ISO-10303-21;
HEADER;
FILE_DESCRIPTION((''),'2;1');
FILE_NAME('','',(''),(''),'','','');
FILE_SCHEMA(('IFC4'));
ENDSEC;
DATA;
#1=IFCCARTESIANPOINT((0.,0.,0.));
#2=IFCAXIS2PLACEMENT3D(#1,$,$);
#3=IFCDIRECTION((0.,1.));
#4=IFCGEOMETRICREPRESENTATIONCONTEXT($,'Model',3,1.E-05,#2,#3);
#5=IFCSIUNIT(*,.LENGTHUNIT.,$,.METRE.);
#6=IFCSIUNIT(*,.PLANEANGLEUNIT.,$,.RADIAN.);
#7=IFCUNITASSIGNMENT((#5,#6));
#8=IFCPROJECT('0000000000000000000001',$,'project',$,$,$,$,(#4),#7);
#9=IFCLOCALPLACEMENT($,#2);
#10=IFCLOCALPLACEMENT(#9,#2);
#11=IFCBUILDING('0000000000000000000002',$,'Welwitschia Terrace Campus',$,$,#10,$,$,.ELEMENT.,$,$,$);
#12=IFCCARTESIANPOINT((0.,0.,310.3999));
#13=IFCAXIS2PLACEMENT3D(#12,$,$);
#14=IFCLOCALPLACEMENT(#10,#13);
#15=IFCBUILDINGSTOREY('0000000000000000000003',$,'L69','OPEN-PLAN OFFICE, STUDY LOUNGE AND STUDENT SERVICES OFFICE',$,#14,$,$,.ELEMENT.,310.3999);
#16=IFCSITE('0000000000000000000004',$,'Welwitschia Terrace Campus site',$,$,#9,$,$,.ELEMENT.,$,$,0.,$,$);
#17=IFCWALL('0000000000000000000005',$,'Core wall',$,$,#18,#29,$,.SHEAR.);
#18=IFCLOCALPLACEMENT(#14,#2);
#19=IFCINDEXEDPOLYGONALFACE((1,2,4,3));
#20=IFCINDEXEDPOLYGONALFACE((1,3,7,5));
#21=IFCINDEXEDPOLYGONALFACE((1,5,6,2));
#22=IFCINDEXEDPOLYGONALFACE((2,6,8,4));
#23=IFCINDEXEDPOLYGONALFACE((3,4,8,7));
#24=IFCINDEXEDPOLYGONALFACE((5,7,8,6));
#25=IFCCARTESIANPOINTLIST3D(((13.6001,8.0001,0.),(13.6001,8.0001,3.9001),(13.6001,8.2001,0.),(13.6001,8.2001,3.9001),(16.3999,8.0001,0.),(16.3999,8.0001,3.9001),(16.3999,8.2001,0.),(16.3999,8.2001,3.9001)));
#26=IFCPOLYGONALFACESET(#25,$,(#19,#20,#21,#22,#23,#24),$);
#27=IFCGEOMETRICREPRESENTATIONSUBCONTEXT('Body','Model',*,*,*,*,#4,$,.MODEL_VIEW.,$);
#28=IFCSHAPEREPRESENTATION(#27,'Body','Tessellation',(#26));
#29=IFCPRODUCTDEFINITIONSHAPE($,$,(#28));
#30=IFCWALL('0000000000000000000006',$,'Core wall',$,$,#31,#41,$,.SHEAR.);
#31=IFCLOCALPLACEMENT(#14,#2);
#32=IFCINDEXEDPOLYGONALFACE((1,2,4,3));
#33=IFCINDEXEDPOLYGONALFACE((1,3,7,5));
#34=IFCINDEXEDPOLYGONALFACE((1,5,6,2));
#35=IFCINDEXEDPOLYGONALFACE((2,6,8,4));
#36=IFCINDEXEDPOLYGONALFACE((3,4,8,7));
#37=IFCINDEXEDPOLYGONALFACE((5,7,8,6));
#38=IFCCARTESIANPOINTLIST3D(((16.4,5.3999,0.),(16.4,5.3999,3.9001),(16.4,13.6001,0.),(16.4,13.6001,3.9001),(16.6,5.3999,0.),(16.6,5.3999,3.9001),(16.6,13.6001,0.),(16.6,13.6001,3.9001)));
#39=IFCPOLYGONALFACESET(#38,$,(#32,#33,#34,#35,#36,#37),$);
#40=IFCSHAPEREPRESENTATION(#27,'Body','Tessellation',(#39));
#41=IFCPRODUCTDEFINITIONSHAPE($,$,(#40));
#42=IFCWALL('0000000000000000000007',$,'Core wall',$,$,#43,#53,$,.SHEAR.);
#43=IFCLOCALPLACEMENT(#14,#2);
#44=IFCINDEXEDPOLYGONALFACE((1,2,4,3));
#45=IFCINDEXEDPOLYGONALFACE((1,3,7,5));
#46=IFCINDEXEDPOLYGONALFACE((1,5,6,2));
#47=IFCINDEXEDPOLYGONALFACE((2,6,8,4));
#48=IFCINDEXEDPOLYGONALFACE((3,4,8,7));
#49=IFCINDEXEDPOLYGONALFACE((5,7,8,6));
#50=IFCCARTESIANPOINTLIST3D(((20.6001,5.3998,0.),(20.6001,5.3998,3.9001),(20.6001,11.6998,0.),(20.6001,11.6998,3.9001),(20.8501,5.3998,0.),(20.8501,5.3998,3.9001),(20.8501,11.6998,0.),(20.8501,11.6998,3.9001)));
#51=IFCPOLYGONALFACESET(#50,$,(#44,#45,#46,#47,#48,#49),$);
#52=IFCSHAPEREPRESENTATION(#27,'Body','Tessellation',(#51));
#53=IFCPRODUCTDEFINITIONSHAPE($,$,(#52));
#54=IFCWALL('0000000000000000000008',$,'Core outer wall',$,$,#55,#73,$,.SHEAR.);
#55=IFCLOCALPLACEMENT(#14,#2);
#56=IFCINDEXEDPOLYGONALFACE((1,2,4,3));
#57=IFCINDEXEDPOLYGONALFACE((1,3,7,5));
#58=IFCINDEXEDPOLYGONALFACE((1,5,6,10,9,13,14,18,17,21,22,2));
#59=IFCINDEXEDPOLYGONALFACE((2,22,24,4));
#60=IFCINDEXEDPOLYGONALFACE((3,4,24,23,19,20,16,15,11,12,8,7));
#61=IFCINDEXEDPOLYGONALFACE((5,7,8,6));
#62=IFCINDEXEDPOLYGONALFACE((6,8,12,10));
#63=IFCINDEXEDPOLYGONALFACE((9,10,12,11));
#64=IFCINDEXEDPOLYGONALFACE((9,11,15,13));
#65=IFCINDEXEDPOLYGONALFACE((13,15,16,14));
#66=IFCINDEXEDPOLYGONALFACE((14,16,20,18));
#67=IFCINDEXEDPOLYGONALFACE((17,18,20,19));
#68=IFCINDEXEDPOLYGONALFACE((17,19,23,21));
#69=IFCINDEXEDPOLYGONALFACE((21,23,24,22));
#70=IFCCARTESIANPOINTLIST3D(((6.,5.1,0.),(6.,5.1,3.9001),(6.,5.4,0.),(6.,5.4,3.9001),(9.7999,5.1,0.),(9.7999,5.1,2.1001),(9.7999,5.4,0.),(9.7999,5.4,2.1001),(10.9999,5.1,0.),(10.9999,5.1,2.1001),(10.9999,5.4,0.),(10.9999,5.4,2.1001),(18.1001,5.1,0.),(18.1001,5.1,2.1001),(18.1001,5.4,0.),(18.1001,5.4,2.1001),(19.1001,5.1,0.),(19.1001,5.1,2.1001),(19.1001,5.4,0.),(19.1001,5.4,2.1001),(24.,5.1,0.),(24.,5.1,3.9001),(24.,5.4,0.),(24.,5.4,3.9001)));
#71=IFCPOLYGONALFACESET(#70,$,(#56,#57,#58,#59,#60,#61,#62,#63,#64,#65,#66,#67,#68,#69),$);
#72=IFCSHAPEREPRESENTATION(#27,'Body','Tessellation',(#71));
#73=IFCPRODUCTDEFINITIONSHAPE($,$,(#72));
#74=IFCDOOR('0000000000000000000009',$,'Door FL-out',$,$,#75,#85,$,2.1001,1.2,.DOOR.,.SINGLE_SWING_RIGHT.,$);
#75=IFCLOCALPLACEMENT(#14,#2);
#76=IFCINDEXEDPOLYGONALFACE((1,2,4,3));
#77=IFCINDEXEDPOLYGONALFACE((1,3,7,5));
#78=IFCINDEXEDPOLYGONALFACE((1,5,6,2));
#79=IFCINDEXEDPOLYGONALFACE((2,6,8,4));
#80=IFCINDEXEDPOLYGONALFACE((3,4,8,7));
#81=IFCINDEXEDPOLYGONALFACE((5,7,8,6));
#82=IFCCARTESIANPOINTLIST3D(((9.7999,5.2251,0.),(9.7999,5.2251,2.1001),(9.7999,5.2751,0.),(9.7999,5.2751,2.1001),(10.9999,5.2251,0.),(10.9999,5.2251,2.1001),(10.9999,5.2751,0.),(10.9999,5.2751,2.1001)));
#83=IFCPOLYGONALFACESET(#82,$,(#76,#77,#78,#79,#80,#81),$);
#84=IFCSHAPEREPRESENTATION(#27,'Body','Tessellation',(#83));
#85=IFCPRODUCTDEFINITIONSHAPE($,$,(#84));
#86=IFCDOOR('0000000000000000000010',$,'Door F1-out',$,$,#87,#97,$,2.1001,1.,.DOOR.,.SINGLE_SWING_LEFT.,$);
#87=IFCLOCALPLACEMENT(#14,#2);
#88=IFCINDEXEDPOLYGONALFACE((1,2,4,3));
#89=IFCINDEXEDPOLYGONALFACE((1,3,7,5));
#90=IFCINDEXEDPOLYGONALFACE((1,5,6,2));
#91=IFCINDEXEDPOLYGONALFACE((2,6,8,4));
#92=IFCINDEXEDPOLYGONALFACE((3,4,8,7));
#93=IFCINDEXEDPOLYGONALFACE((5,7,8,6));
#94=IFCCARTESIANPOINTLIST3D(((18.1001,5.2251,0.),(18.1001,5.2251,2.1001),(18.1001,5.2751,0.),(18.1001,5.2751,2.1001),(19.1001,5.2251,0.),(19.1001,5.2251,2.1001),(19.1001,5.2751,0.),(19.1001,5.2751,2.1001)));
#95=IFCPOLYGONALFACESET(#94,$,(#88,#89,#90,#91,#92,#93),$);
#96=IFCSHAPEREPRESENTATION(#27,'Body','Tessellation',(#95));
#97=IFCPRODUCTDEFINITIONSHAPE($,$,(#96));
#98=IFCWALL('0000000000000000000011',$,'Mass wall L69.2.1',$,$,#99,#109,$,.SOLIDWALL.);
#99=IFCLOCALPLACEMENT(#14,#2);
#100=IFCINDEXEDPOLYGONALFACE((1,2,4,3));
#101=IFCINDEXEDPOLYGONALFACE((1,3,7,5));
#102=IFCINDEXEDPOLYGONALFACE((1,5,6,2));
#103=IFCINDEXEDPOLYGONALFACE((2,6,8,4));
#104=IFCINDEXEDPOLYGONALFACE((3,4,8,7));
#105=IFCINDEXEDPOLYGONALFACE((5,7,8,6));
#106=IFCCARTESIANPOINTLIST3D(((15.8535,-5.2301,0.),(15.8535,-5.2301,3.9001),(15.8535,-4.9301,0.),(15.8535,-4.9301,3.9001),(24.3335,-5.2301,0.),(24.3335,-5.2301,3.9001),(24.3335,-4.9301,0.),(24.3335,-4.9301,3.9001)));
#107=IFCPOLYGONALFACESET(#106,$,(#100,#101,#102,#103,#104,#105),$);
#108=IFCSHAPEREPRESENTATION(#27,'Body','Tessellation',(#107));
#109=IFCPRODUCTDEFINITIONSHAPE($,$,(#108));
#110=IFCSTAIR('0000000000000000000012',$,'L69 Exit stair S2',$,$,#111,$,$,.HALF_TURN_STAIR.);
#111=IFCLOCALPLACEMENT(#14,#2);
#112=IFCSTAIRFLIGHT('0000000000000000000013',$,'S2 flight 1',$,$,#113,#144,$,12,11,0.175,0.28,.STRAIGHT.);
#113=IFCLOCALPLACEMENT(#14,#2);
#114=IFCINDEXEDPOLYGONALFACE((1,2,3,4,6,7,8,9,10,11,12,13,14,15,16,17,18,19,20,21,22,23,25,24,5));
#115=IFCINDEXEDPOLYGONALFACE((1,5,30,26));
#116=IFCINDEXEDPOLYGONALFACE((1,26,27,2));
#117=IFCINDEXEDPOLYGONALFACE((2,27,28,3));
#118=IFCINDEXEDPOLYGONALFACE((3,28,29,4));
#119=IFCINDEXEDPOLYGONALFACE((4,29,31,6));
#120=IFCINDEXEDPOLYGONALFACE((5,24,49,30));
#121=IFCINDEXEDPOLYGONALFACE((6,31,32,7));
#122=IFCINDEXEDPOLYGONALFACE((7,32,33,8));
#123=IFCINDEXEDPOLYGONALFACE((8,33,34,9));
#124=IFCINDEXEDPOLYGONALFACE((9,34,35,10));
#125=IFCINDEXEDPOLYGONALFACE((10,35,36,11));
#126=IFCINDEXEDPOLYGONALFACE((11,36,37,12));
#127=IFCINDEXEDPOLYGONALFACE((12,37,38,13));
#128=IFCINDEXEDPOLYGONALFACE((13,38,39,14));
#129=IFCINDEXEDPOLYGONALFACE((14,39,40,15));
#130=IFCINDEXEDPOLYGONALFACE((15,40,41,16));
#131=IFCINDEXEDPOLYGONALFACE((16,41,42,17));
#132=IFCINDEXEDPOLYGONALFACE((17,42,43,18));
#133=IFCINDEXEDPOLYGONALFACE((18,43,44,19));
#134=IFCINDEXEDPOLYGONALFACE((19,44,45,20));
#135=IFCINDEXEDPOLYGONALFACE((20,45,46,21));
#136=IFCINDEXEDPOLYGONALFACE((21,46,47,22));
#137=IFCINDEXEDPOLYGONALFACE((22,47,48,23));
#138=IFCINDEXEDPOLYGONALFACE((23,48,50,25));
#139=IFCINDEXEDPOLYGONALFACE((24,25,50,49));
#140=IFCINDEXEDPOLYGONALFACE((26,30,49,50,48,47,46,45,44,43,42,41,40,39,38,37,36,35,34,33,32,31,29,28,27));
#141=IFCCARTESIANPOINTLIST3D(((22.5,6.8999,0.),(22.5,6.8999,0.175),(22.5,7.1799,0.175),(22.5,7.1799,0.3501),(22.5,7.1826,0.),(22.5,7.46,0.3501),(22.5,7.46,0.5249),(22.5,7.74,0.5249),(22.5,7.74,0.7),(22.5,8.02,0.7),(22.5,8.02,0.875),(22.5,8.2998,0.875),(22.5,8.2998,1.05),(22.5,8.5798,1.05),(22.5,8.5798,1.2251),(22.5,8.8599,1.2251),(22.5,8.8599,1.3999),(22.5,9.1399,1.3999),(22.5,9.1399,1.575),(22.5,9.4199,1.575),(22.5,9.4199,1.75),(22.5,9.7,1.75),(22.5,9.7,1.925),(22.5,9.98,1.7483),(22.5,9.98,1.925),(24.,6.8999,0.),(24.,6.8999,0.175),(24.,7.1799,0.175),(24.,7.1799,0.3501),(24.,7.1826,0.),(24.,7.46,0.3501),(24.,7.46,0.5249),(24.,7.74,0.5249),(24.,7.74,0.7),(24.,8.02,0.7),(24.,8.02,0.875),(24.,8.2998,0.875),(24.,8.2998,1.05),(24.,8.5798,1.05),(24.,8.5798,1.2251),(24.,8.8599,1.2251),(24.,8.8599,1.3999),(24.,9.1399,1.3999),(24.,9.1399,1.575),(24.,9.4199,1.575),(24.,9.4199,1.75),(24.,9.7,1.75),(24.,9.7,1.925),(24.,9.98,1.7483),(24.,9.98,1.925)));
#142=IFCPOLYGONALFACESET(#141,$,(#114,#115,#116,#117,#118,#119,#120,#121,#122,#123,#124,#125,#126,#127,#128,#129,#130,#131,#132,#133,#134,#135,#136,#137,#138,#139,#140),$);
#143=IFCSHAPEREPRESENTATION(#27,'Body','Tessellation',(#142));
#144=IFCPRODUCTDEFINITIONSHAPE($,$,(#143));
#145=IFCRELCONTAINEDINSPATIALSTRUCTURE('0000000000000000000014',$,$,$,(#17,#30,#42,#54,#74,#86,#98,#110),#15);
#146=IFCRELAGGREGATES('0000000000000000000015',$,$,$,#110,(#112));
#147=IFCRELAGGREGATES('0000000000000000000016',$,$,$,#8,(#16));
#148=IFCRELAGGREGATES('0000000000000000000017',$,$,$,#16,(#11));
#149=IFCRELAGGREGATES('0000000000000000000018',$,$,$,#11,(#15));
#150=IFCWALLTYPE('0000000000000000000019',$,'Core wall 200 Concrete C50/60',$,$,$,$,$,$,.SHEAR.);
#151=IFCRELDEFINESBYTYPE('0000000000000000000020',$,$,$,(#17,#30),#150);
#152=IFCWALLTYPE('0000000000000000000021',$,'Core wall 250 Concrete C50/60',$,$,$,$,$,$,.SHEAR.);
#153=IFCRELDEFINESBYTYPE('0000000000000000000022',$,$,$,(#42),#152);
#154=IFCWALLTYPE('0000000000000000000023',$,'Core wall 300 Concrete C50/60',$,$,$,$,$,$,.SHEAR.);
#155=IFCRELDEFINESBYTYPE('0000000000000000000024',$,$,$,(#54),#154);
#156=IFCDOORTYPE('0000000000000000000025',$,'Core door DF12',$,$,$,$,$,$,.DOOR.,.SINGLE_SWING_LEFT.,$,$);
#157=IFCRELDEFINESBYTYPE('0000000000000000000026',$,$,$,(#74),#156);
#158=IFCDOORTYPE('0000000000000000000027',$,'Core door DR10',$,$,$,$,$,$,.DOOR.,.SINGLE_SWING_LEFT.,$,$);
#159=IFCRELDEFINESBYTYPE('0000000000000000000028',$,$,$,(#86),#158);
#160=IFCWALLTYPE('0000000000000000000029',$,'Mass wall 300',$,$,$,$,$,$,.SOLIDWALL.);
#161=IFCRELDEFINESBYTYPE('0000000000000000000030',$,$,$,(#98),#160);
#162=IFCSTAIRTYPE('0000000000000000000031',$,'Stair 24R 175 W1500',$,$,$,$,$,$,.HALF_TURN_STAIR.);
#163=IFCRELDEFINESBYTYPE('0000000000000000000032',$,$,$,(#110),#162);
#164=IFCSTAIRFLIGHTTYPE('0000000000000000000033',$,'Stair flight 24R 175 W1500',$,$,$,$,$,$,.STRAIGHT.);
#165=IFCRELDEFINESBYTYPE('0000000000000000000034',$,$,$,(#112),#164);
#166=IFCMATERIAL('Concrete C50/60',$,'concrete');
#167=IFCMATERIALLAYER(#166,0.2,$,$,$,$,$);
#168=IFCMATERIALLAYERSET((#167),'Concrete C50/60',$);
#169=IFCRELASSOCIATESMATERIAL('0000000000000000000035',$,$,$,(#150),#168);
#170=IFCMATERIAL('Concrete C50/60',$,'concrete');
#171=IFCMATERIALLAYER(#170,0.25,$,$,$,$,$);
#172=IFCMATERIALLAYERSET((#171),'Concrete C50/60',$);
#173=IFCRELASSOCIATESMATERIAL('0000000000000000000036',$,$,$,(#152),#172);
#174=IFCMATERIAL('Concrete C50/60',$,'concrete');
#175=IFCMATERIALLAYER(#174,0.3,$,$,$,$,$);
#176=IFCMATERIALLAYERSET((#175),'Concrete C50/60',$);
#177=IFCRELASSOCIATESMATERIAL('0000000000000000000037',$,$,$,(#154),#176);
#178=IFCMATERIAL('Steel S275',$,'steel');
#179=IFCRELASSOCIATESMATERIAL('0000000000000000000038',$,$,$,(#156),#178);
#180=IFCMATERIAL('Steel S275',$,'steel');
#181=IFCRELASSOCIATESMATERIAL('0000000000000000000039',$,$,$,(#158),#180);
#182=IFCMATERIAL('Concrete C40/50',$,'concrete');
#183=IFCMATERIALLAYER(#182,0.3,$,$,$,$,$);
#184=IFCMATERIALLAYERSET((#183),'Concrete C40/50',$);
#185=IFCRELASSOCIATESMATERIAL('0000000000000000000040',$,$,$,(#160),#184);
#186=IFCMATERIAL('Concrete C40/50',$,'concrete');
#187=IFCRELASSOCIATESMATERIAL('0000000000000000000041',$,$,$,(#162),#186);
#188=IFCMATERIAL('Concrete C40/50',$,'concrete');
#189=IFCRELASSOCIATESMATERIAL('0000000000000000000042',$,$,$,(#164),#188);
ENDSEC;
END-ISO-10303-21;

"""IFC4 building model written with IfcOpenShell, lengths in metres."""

from ifc_helpers import new_model, si_unit, direction, frame, frame_2d, origin, place, context, subcontext, project, spatial, polyline, rectangle, outline, extrude, material, layer, layer_set, type_object, element, fill, aggregate, save


model = new_model("IFC4")

# Units and contexts
model_context = context("Model", 3, precision=1e-05, world=origin(), true_north=direction((0.0, 1.0)))
body_context = subcontext(model_context, "Body", "Model", "MODEL_VIEW")
ifc_project = project(units=[si_unit("LENGTHUNIT", "METRE"), si_unit("PLANEANGLEUNIT", "RADIAN")], contexts=[model_context])

# Site, building, storey
site_placement = place(None, origin())
site = spatial("IfcSite", under=ifc_project, at=site_placement, Name="Welwitschia Terrace Campus site", CompositionType="ELEMENT", RefElevation=0.0)
building_placement = place(site_placement, origin())
building = spatial("IfcBuilding", under=site, at=building_placement, Name="Welwitschia Terrace Campus", CompositionType="ELEMENT")
storey_placement = place(building_placement, frame((0.0, 0.0, 310.3999)))
storey = spatial("IfcBuildingStorey", under=building, at=storey_placement, Name="L69", Description="OPEN-PLAN OFFICE, STUDY LOUNGE AND STUDENT SERVICES OFFICE", CompositionType="ELEMENT", Elevation=310.3999)

# Walls
ifc_material_1 = material(Name="Concrete C50/60", Category="concrete")
ifc_layer_1 = layer(ifc_material_1, 0.2)
ifc_layer_set_1 = layer_set([ifc_layer_1], Name="Concrete C50/60")
wall_type_1 = type_object("IfcWallType", Name="Core wall 200 Concrete C50/60", PredefinedType="SHEAR", material=ifc_layer_set_1)
wall_1_placement = place(storey_placement, frame((13.6001, 8.1001, 0.0), z_axis=(0.0, 0.0, 1.0), x_axis=(1.0, 0.0, 0.0)))
element("IfcWall", 1, at=wall_1_placement, inside=storey, type_object=wall_type_1, Name="Core wall", PredefinedType="SHEAR", context=body_context, shape_type="SweptSolid", body=[
    extrude(rectangle(XDim=2.7998, YDim=0.2, at=frame_2d((1.3999, 0.0))), origin(), (0.0, 0.0, 1.0), 3.9001),
])
wall_2_placement = place(storey_placement, frame((16.5, 5.3999, 0.0), z_axis=(0.0, 0.0, 1.0), x_axis=(0.0, 1.0, 0.0)))
element("IfcWall", 2, at=wall_2_placement, inside=storey, type_object=wall_type_1, Name="Core wall", PredefinedType="SHEAR", context=body_context, shape_type="SweptSolid", body=[
    extrude(rectangle(XDim=8.2002, YDim=0.2, at=frame_2d((4.1001, 0.0))), origin(), (0.0, 0.0, 1.0), 3.9001),
])
ifc_material_2 = material(Name="Concrete C50/60", Category="concrete")
ifc_layer_2 = layer(ifc_material_2, 0.25)
ifc_layer_set_2 = layer_set([ifc_layer_2], Name="Concrete C50/60")
wall_type_2 = type_object("IfcWallType", Name="Core wall 250 Concrete C50/60", PredefinedType="SHEAR", material=ifc_layer_set_2)
wall_3_placement = place(storey_placement, frame((20.7251, 5.3999, 0.0), z_axis=(0.0, 0.0, 1.0), x_axis=(0.0, 1.0, 0.0)))
element("IfcWall", 3, at=wall_3_placement, inside=storey, type_object=wall_type_2, Name="Core wall", PredefinedType="SHEAR", context=body_context, shape_type="SweptSolid", body=[
    extrude(rectangle(XDim=6.3, YDim=0.25, at=frame_2d((3.1499, 0.0))), origin(), (0.0, 0.0, 1.0), 3.9001),
])

# Wall, openings, doors
ifc_material_3 = material(Name="Concrete C50/60", Category="concrete")
ifc_layer_3 = layer(ifc_material_3, 0.3)
ifc_layer_set_3 = layer_set([ifc_layer_3], Name="Concrete C50/60")
wall_type_3 = type_object("IfcWallType", Name="Core wall 300 Concrete C50/60", PredefinedType="SHEAR", material=ifc_layer_set_3)
wall_4_placement = place(storey_placement, frame((24.0, 5.25, 0.0), z_axis=(0.0, 0.0, 1.0), x_axis=(-1.0, 0.0, 0.0)))
wall_4 = element("IfcWall", 4, at=wall_4_placement, inside=storey, type_object=wall_type_3, Name="Core outer wall", PredefinedType="SHEAR", context=body_context, shape_type="SweptSolid", body=[
    extrude(rectangle(XDim=18.0, YDim=0.3, at=frame_2d((9.0, 0.0))), origin(), (0.0, 0.0, 1.0), 3.9001),
])
opening_1_placement = place(wall_4_placement, frame((13.0, 0.0, 0.0)))
opening_1 = element("IfcOpeningElement", 5, at=opening_1_placement, cuts=wall_4, PredefinedType="OPENING", context=body_context, shape_type="SweptSolid", body=[
    extrude(rectangle(XDim=1.2, YDim=2.1001, at=frame_2d((0.6001, 1.05))), frame((0.0, 0.1599, 0.0), z_axis=(0.0, -1.0, 0.0), x_axis=(1.0, 0.0, 0.0)), (0.0, 0.0, 1.0), 0.3201),
])
opening_2_placement = place(wall_4_placement, frame((4.8999, 0.0, 0.0)))
opening_2 = element("IfcOpeningElement", 6, at=opening_2_placement, cuts=wall_4, PredefinedType="OPENING", context=body_context, shape_type="SweptSolid", body=[
    extrude(rectangle(XDim=1.0, YDim=2.1001, at=frame_2d((0.5, 1.05))), frame((0.0, 0.1599, 0.0), z_axis=(0.0, -1.0, 0.0), x_axis=(1.0, 0.0, 0.0)), (0.0, 0.0, 1.0), 0.3201),
])
ifc_material_4 = material(Name="Steel S275", Category="steel")
door_type_1 = type_object("IfcDoorType", Name="Core door DF12", OperationType="SINGLE_SWING_LEFT", PredefinedType="DOOR", material=ifc_material_4)
door_1_placement = place(opening_1_placement, origin())
door_1 = element("IfcDoor", 7, at=door_1_placement, inside=storey, type_object=door_type_1, Name="Door FL-out", OperationType="SINGLE_SWING_RIGHT", OverallHeight=2.1001, OverallWidth=1.2, PredefinedType="DOOR", context=body_context, shape_type="SweptSolid", body=[
    extrude(rectangle(XDim=1.2, YDim=2.1001, at=frame_2d((0.6001, 1.05))), frame((0.0, 0.0249, 0.0), z_axis=(0.0, -1.0, 0.0), x_axis=(1.0, 0.0, 0.0)), (0.0, 0.0, 1.0), 0.05),
])
fill(opening_1, door_1)
ifc_material_5 = material(Name="Steel S275", Category="steel")
door_type_2 = type_object("IfcDoorType", Name="Core door DR10", OperationType="SINGLE_SWING_LEFT", PredefinedType="DOOR", material=ifc_material_5)
door_2_placement = place(opening_2_placement, origin())
door_2 = element("IfcDoor", 8, at=door_2_placement, inside=storey, type_object=door_type_2, Name="Door F1-out", OperationType="SINGLE_SWING_LEFT", OverallHeight=2.1001, OverallWidth=1.0, PredefinedType="DOOR", context=body_context, shape_type="SweptSolid", body=[
    extrude(rectangle(XDim=1.0, YDim=2.1001, at=frame_2d((0.5, 1.05))), frame((0.0, 0.0249, 0.0), z_axis=(0.0, -1.0, 0.0), x_axis=(1.0, 0.0, 0.0)), (0.0, 0.0, 1.0), 0.05),
])
fill(opening_2, door_2)

# Wall
ifc_material_6 = material(Name="Concrete C40/50", Category="concrete")
ifc_layer_4 = layer(ifc_material_6, 0.3)
ifc_layer_set_4 = layer_set([ifc_layer_4], Name="Concrete C40/50")
wall_type_4 = type_object("IfcWallType", Name="Mass wall 300", PredefinedType="SOLIDWALL", material=ifc_layer_set_4)
wall_5_placement = place(storey_placement, frame((15.8535, -5.0801, 0.0), z_axis=(0.0, 0.0, 1.0), x_axis=(1.0, 0.0, 0.0)))
element("IfcWall", 9, at=wall_5_placement, inside=storey, type_object=wall_type_4, Name="Mass wall L69.2.1", PredefinedType="SOLIDWALL", context=body_context, shape_type="SweptSolid", body=[
    extrude(rectangle(XDim=8.48, YDim=0.3, at=frame_2d((4.24, 0.0))), origin(), (0.0, 0.0, 1.0), 3.9001),
])

# Stair, stair flight
ifc_material_7 = material(Name="Concrete C40/50", Category="concrete")
stair_type = type_object("IfcStairType", Name="Stair 24R 175 W1500", PredefinedType="HALF_TURN_STAIR", material=ifc_material_7)
stair_placement = place(storey_placement, origin())
stair = element("IfcStair", 10, at=stair_placement, inside=storey, type_object=stair_type, Name="L69 Exit stair S2", PredefinedType="HALF_TURN_STAIR")
ifc_material_8 = material(Name="Concrete C40/50", Category="concrete")
stair_flight_type = type_object("IfcStairFlightType", Name="Stair flight 24R 175 W1500", PredefinedType="STRAIGHT", material=ifc_material_8)
stair_flight_placement = place(storey_placement, frame((23.25, 6.8999, 0.0), z_axis=(0.0, 0.0, 1.0), x_axis=(0.0, 1.0, 0.0)))
stair_flight = element("IfcStairFlight", 11, at=stair_flight_placement, type_object=stair_flight_type, Name="S2 flight 1", NumberOfRisers=12, NumberOfTreads=11, PredefinedType="STRAIGHT", RiserHeight=0.175, TreadLength=0.28, context=body_context, shape_type="SweptSolid", body=[
    extrude(outline(polyline([(0.0, 0.0), (0.0, 0.175), (0.28, 0.175), (0.28, 0.3501), (0.5601, 0.3501), (0.5601, 0.5249), (0.8401, 0.5249), (0.8401, 0.7), (1.1201, 0.7), (1.1201, 0.875), (1.3999, 0.875), (1.3999, 1.05), (1.6799, 1.05), (1.6799, 1.2251), (1.96, 1.2251), (1.96, 1.3999), (2.24, 1.3999), (2.24, 1.575), (2.52, 1.575), (2.52, 1.75), (2.8, 1.75), (2.8, 1.925), (3.0801, 1.925), (3.0801, 2.1001), (3.0801, 1.7483), (0.2827, 0.0), (0.0, 0.0)])), frame((0.0, 0.75, 0.0), z_axis=(0.0, -1.0, 0.0), x_axis=(1.0, 0.0, 0.0)), (0.0, 0.0, 1.0), 1.5),
])
aggregate(stair, [stair_flight])

save(model, "model.ifc")
